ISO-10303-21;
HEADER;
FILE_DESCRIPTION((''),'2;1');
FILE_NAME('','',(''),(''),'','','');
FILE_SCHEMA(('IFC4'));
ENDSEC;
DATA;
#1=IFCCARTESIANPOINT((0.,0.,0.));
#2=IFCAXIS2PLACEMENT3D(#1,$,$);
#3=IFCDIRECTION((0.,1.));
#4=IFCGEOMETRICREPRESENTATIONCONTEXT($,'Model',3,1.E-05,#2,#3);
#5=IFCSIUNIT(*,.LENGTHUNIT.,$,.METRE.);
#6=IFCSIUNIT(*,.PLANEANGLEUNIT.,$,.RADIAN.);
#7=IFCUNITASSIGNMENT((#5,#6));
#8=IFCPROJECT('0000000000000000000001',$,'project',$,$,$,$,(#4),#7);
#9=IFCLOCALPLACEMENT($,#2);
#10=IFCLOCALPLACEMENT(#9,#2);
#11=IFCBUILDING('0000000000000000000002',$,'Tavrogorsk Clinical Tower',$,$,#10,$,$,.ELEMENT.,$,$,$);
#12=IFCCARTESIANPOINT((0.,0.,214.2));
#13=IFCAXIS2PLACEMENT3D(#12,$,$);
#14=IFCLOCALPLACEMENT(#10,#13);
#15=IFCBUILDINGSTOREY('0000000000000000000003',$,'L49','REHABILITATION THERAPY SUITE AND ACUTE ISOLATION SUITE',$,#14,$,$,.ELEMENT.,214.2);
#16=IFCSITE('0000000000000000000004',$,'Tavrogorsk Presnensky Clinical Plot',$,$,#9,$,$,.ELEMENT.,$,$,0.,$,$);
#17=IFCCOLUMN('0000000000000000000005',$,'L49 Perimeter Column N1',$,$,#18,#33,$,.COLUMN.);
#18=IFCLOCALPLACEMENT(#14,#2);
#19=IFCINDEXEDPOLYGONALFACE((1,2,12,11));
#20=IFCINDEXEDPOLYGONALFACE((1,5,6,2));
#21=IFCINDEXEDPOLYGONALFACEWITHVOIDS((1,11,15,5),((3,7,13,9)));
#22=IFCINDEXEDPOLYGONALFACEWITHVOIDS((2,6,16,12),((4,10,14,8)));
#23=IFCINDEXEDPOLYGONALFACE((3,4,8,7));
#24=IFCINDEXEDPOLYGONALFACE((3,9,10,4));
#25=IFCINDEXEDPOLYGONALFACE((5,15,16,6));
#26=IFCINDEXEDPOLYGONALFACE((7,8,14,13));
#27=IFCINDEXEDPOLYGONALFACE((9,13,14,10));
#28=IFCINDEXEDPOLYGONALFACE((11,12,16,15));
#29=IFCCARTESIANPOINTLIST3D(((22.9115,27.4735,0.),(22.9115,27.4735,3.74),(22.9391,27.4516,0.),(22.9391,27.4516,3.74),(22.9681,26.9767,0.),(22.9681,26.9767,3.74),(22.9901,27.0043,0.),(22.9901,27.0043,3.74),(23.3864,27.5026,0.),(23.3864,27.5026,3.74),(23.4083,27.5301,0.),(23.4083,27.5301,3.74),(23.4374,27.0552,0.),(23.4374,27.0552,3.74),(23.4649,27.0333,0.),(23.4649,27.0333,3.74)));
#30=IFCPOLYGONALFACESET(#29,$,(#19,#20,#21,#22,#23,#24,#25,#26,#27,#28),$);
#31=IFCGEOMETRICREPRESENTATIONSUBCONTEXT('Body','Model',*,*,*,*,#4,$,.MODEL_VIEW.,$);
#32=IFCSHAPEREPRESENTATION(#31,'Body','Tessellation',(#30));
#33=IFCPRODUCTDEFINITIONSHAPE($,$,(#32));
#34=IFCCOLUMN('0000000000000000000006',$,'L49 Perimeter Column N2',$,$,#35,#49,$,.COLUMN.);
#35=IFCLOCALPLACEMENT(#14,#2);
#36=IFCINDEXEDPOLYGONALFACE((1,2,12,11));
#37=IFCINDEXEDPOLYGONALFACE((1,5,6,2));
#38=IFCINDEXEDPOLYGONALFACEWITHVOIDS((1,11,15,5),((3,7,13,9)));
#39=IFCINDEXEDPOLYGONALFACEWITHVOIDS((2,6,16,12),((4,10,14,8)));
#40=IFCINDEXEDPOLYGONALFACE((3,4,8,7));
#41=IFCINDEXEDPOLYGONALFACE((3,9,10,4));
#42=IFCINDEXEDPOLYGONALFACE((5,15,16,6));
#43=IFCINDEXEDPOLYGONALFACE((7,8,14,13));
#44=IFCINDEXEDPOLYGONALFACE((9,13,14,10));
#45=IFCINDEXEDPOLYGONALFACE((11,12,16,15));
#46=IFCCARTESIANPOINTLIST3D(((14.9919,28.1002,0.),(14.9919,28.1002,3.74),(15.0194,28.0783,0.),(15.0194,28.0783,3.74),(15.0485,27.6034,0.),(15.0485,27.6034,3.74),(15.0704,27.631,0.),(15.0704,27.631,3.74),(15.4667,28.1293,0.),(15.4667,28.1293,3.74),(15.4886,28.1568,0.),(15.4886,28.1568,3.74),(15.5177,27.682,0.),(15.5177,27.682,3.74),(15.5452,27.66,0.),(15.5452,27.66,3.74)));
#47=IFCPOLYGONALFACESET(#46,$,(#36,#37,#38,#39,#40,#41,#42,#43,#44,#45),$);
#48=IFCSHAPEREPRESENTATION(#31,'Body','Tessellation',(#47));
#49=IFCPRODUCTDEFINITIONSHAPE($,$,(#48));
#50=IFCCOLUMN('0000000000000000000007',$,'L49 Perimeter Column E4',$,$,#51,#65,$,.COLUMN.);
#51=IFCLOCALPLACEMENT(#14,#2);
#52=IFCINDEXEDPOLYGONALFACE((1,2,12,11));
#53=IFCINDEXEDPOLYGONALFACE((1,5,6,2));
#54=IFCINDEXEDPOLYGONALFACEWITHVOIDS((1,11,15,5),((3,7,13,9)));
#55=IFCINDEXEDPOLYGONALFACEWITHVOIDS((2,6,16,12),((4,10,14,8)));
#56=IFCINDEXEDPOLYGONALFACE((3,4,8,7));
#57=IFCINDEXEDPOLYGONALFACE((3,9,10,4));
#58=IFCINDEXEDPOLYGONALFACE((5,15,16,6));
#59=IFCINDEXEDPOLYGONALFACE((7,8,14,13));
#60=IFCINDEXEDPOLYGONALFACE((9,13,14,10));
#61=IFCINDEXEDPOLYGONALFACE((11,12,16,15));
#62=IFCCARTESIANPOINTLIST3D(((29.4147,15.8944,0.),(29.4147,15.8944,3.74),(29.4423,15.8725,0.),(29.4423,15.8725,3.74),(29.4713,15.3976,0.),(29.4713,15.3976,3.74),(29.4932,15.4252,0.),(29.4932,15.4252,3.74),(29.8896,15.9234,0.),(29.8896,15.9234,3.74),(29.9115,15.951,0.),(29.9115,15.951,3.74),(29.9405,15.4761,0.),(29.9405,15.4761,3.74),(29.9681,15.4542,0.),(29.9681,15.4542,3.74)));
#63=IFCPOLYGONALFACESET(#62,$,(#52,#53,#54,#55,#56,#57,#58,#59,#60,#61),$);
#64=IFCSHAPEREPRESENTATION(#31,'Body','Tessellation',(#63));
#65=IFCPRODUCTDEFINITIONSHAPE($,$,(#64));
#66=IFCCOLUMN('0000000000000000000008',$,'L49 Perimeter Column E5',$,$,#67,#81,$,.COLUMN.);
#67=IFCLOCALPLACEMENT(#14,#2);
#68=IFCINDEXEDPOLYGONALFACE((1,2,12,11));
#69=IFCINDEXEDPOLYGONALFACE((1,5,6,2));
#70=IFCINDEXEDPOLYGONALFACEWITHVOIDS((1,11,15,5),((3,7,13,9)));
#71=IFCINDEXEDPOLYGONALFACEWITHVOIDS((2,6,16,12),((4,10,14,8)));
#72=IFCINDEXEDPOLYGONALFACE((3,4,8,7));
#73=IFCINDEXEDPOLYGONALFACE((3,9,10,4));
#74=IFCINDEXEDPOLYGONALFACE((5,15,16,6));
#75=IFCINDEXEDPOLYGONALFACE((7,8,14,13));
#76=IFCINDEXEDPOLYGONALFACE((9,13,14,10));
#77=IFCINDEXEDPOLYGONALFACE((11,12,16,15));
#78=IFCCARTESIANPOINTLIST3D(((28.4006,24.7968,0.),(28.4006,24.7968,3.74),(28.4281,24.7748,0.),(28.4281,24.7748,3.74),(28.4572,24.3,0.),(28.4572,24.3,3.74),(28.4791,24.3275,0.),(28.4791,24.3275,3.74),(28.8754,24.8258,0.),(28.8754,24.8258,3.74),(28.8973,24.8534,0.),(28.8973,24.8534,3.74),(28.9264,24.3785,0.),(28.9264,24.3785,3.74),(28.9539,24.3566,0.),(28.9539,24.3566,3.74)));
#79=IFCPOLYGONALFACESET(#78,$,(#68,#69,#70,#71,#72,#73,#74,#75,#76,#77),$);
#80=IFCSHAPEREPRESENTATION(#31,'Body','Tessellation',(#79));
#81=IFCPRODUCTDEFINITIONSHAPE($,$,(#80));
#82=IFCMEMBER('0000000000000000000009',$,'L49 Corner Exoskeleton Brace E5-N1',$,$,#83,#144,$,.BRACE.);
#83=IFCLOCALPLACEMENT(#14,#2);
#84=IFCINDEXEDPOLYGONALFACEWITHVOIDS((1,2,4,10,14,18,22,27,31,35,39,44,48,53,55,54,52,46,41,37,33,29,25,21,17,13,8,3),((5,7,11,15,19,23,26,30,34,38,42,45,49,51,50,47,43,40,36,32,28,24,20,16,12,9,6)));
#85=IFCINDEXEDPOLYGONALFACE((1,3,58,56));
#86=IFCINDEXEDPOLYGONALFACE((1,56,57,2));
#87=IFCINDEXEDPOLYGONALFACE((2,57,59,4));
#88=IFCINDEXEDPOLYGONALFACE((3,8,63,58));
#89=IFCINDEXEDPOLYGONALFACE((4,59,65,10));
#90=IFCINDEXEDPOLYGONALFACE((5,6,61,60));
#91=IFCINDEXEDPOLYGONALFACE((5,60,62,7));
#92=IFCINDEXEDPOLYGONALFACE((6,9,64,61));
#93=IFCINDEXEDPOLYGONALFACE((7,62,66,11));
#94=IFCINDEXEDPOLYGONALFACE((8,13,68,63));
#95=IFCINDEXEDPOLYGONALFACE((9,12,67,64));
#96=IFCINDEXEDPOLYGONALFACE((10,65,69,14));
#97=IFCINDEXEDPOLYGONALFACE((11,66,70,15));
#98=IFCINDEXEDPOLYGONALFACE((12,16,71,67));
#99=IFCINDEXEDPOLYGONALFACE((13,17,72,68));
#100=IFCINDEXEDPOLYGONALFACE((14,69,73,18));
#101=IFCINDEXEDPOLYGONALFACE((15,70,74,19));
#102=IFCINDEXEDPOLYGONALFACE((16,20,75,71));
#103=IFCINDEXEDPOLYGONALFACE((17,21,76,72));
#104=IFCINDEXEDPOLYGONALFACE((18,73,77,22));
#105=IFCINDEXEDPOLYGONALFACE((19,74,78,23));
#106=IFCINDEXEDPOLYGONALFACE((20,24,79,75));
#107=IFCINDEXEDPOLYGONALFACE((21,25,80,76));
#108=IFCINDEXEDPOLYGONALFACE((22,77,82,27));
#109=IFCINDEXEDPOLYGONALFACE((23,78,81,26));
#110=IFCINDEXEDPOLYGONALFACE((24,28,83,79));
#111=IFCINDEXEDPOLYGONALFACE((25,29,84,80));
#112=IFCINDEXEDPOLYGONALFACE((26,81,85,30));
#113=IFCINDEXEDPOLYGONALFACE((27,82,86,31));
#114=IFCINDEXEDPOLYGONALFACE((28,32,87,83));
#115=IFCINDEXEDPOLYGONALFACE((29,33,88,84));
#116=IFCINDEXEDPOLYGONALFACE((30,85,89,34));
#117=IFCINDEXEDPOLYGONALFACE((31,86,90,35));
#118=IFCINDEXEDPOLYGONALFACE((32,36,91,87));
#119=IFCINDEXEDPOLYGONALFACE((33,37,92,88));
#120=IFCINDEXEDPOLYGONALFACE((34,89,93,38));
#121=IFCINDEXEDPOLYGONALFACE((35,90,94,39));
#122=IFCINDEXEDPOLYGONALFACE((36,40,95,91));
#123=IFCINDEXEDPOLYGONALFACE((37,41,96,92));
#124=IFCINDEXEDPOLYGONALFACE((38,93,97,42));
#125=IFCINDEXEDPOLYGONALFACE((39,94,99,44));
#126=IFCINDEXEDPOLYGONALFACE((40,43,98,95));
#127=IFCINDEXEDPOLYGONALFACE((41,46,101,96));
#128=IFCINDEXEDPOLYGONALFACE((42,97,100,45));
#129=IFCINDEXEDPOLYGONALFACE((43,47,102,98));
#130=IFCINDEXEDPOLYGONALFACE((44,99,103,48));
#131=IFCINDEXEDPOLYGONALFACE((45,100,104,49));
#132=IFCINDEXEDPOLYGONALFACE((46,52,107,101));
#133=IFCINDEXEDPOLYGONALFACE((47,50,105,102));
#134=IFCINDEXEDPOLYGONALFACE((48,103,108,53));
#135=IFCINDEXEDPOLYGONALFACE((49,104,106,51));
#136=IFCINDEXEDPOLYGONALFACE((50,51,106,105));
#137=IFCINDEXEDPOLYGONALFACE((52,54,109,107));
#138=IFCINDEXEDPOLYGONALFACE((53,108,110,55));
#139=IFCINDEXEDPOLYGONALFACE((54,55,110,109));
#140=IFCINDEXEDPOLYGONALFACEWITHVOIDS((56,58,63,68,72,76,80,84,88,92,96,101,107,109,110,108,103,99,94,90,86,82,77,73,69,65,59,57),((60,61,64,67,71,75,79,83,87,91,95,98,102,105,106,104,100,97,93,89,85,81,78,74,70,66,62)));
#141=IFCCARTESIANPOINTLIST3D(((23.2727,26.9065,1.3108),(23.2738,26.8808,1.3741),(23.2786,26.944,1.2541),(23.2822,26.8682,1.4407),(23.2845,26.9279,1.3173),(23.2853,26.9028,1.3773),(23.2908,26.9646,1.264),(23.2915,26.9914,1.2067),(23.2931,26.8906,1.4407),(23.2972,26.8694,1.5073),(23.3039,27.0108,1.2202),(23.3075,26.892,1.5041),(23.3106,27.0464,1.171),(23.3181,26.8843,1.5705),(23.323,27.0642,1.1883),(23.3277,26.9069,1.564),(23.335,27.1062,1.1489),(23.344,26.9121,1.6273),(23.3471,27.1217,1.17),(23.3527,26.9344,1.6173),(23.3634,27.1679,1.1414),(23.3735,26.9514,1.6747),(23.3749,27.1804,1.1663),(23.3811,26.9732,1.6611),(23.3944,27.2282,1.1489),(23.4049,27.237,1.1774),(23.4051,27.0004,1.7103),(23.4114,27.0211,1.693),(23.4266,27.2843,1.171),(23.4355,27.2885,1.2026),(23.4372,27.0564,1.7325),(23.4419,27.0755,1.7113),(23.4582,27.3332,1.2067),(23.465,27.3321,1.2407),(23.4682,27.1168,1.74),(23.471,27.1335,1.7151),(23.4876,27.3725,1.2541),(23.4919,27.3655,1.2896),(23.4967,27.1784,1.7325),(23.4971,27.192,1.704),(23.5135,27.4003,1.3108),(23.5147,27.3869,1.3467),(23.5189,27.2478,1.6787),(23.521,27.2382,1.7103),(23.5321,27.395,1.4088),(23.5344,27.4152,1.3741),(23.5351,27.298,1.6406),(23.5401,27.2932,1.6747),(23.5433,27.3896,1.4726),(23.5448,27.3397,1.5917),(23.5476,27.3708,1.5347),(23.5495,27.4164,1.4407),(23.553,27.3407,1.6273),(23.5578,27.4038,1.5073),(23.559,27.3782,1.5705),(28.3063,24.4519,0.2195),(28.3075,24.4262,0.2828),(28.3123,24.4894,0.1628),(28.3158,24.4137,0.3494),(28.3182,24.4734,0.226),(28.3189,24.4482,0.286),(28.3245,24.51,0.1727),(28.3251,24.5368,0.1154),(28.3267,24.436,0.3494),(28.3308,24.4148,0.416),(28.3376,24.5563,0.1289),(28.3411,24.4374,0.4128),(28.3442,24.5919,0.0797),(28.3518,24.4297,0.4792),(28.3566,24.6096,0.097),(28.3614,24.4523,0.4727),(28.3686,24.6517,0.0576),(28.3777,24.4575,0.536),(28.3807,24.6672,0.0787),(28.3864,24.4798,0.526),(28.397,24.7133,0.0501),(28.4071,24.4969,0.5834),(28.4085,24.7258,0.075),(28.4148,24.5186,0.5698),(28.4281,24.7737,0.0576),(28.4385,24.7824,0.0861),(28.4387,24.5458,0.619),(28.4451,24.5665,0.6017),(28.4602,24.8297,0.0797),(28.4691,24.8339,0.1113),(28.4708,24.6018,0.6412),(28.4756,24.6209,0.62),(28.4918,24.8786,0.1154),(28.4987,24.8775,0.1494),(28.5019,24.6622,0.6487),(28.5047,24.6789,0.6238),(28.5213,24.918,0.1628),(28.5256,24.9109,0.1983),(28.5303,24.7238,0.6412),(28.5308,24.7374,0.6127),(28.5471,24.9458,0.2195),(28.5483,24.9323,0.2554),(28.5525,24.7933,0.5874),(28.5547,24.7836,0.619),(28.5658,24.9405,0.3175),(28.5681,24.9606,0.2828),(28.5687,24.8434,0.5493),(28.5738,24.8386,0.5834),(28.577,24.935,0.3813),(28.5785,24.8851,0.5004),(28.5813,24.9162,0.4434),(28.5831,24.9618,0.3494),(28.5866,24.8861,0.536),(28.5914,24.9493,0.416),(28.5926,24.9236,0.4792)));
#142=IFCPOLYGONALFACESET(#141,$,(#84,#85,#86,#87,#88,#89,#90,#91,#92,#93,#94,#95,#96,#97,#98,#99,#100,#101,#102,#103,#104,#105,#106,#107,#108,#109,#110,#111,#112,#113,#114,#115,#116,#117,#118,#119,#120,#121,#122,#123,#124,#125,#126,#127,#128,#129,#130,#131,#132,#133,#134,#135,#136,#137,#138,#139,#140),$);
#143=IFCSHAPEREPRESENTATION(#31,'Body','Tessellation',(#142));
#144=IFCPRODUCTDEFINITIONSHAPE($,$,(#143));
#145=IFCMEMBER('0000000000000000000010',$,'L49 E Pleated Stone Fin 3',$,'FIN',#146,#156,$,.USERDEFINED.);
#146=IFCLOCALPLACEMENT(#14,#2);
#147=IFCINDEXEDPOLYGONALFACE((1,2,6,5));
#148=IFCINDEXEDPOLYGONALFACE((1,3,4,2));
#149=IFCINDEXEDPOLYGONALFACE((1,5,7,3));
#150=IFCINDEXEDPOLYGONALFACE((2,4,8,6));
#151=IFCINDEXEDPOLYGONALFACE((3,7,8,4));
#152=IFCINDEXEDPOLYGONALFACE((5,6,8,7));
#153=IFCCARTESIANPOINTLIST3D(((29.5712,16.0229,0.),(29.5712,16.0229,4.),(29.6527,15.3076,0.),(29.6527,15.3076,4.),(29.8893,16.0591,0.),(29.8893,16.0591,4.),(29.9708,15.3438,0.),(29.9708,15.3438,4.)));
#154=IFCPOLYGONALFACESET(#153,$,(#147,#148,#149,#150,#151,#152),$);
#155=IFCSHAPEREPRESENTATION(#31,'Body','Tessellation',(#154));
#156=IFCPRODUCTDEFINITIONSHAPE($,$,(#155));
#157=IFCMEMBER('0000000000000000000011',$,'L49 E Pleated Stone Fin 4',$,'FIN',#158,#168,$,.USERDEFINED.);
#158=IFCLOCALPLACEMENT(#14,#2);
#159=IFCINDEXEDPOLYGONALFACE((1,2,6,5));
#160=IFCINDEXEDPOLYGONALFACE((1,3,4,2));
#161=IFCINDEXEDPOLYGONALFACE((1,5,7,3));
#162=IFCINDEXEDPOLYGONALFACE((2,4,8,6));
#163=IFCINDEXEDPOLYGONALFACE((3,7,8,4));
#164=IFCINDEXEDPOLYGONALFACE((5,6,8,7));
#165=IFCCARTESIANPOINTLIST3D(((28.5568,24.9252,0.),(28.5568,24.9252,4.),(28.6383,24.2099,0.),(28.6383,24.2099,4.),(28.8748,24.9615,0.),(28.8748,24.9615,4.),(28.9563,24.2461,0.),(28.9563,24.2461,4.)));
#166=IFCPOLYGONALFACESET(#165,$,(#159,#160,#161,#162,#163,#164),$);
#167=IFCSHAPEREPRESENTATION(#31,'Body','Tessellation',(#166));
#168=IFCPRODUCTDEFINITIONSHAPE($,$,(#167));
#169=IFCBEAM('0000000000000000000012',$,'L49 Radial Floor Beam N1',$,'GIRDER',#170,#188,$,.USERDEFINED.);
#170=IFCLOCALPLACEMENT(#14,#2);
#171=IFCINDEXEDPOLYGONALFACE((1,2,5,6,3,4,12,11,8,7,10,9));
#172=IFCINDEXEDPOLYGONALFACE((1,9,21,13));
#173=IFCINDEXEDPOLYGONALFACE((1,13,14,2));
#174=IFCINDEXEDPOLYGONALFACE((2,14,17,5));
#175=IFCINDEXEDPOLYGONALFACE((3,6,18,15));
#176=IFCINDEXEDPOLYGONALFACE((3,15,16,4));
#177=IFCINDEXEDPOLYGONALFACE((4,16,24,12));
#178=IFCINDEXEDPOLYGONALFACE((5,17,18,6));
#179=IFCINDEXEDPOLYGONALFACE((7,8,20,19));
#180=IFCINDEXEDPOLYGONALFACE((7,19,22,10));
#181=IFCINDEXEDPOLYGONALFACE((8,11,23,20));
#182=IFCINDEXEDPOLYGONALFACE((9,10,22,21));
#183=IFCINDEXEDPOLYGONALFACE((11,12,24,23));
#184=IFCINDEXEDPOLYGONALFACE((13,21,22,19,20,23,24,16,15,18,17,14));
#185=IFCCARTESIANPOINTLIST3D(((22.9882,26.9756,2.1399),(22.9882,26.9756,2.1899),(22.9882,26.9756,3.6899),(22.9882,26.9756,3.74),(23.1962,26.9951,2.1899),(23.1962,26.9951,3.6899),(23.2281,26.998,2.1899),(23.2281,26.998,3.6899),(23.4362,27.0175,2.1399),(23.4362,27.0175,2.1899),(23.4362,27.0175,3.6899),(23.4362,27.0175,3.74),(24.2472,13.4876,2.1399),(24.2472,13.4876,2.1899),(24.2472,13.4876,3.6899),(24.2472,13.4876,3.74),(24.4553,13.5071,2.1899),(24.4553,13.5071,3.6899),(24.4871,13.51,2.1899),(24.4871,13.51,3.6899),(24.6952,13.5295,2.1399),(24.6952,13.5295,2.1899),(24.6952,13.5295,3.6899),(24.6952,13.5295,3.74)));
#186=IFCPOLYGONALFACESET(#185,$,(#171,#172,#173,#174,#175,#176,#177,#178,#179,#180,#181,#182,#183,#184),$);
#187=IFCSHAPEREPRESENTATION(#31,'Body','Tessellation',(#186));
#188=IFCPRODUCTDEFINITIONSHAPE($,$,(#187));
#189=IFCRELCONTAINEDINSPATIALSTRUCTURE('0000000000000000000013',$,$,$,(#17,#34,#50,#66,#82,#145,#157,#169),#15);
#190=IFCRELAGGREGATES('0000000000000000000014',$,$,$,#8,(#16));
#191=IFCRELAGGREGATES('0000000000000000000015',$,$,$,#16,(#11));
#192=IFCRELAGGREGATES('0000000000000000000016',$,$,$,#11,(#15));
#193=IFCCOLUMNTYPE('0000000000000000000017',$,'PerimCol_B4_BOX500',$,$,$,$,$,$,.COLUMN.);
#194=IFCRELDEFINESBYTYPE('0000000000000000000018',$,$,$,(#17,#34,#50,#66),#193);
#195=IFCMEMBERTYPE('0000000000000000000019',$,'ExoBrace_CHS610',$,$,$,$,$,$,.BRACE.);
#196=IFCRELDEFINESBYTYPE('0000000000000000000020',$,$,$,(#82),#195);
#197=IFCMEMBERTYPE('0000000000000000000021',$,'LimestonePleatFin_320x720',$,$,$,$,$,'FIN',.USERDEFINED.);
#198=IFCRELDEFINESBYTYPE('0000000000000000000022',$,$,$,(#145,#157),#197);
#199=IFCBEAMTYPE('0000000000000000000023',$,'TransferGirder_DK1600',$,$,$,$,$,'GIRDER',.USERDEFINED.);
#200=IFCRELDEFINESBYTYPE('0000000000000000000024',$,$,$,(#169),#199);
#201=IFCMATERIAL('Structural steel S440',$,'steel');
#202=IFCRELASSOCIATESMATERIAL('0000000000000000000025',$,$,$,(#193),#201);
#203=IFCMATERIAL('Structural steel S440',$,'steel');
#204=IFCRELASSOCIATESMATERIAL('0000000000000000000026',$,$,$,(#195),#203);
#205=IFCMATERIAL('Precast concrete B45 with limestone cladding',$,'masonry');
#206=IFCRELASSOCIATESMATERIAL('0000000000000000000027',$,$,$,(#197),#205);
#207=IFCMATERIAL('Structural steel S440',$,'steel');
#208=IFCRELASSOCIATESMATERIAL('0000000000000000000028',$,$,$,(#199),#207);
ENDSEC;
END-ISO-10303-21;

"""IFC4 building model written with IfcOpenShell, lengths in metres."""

from ifc_helpers import new_model, si_unit, direction, frame, origin, origin_2d, place, context, subcontext, project, spatial, rectangle, hollow_rectangle, hollow_circle, i_section, extrude, material, material_profile, profile_set, type_object, element, save


model = new_model("IFC4")

# Units and contexts
model_context = context("Model", 3, precision=1e-05, world=origin(), true_north=direction((0.0, 1.0)))
body_context = subcontext(model_context, "Body", "Model", "MODEL_VIEW")
ifc_project = project(units=[si_unit("LENGTHUNIT", "METRE"), si_unit("PLANEANGLEUNIT", "RADIAN")], contexts=[model_context])

# Site, building, storey
site_placement = place(None, origin())
site = spatial("IfcSite", under=ifc_project, at=site_placement, Name="Tavrogorsk Presnensky Clinical Plot", CompositionType="ELEMENT", RefElevation=0.0)
building_placement = place(site_placement, origin())
building = spatial("IfcBuilding", under=site, at=building_placement, Name="Tavrogorsk Clinical Tower", CompositionType="ELEMENT")
storey_placement = place(building_placement, frame((0.0, 0.0, 214.2)))
storey = spatial("IfcBuildingStorey", under=building, at=storey_placement, Name="L49", Description="REHABILITATION THERAPY SUITE AND ACUTE ISOLATION SUITE", CompositionType="ELEMENT", Elevation=214.2)

# Columns
ifc_material_1 = material(Name="Structural steel S440", Category="steel")
ifc_material_profile_1 = material_profile(ifc_material_1, hollow_rectangle(XDim=0.5, YDim=0.5, WallThickness=0.0249, at=origin_2d()), Name="BOX-500x500x25")
ifc_profile_set_1 = profile_set([ifc_material_profile_1], Name="Structural steel S440")
column_type = type_object("IfcColumnType", Name="PerimCol_B4_BOX500", PredefinedType="COLUMN", material=ifc_profile_set_1)
for number, where, z_axis, x_axis, name in (
    (1, (23.1882, 27.2534, 0.0), (0.0, 0.0, 1.0), (0.993572, 0.113203, 0.0), "L49 Perimeter Column N1"),
    (2, (15.2686, 27.8801, 0.0), (0.0, 0.0, 1.0), (0.993572, 0.113203, 0.0), "L49 Perimeter Column N2"),
    (3, (29.6914, 15.6743, 0.0), (0.0, 0.0, 1.0), (0.993572, 0.113203, 0.0), "L49 Perimeter Column E4"),
    (4, (28.6772, 24.5767, 0.0), (0.0, 0.0, 1.0), (0.993572, 0.113203, 0.0), "L49 Perimeter Column E5"),
):
    element("IfcColumn", number, at=place(storey_placement, frame(where, z_axis=z_axis, x_axis=x_axis)), inside=storey, type_object=column_type, Name=name, PredefinedType="COLUMN", context=body_context, shape_type="SweptSolid", body=[
        extrude(hollow_rectangle(XDim=0.5, YDim=0.5, WallThickness=0.0249, at=origin_2d()), origin(), (0.0, 0.0, 1.0), 3.74),
    ])

# Members
ifc_material_2 = material(Name="Structural steel S440", Category="steel")
ifc_material_profile_2 = material_profile(ifc_material_2, hollow_circle(Radius=0.3049, WallThickness=0.0249, at=origin_2d()), Name="CHS-610x25")
ifc_profile_set_2 = profile_set([ifc_material_profile_2], Name="Structural steel S440")
member_type_1 = type_object("IfcMemberType", Name="ExoBrace_CHS610", PredefinedType="BRACE", material=ifc_profile_set_2)
member_placement = place(storey_placement, frame((28.4495, 24.6877, 0.3494), z_axis=(-0.882235, 0.430206, 0.191269), x_axis=(-0.438298, -0.89883, 0.0)))
element("IfcMember", 5, at=member_placement, inside=storey, type_object=member_type_1, Name="L49 Corner Exoskeleton Brace E5-N1", PredefinedType="BRACE", context=body_context, shape_type="SweptSolid", body=[
    extrude(hollow_circle(Radius=0.3049, WallThickness=0.0249, at=origin_2d()), origin(), (0.0, 0.0, 1.0), 5.7056),
])
ifc_material_3 = material(Name="Precast concrete B45 with limestone cladding", Category="masonry")
ifc_material_profile_3 = material_profile(ifc_material_3, rectangle(XDim=0.3201, YDim=0.72, at=origin_2d()), Name="LIMESTONE-FIN-320x720")
ifc_profile_set_3 = profile_set([ifc_material_profile_3], Name="Precast concrete B45 with limestone cladding")
member_type_2 = type_object("IfcMemberType", Name="LimestonePleatFin_320x720", ElementType="FIN", PredefinedType="USERDEFINED", material=ifc_profile_set_3)
for number, where, z_axis, x_axis, name in (
    (6, (29.771, 15.6833, 0.0), (0.0, 0.0, 1.0), (0.993572, 0.113203, 0.0), "L49 E Pleated Stone Fin 3"),
    (7, (28.7566, 24.5857, 0.0), (0.0, 0.0, 1.0), (0.993572, 0.113203, 0.0), "L49 E Pleated Stone Fin 4"),
):
    element("IfcMember", number, at=place(storey_placement, frame(where, z_axis=z_axis, x_axis=x_axis)), inside=storey, type_object=member_type_2, Name=name, ObjectType="FIN", PredefinedType="USERDEFINED", context=body_context, shape_type="SweptSolid", body=[
        extrude(rectangle(XDim=0.3201, YDim=0.72, at=origin_2d()), origin(), (0.0, 0.0, 1.0), 4.0),
    ])

# Beam
ifc_material_4 = material(Name="Structural steel S440", Category="steel")
ifc_material_profile_4 = material_profile(ifc_material_4, i_section(OverallWidth=0.45, OverallDepth=1.6001, WebThickness=0.032, FlangeThickness=0.05, at=origin_2d()), Name="DK-1600x450x32x50")
ifc_profile_set_4 = profile_set([ifc_material_profile_4], Name="Structural steel S440")
beam_type_1 = type_object("IfcBeamType", Name="TransferGirder_DK1600", ElementType="GIRDER", PredefinedType="USERDEFINED", material=ifc_profile_set_4)
beam_1_placement = place(storey_placement, frame((24.4712, 13.5085, 2.9399), z_axis=(-0.09294, 0.995672, 0.0), x_axis=(-0.995672, -0.09294, 0.0)))
element("IfcBeam", 8, at=beam_1_placement, inside=storey, type_object=beam_type_1, Name="L49 Radial Floor Beam N1", ObjectType="GIRDER", PredefinedType="USERDEFINED", context=body_context, shape_type="SweptSolid", body=[
    extrude(i_section(OverallWidth=0.45, OverallDepth=1.6001, WebThickness=0.032, FlangeThickness=0.05, at=origin_2d()), origin(), (0.0, 0.0, 1.0), 13.5466),
])

save(model, "model.ifc")
